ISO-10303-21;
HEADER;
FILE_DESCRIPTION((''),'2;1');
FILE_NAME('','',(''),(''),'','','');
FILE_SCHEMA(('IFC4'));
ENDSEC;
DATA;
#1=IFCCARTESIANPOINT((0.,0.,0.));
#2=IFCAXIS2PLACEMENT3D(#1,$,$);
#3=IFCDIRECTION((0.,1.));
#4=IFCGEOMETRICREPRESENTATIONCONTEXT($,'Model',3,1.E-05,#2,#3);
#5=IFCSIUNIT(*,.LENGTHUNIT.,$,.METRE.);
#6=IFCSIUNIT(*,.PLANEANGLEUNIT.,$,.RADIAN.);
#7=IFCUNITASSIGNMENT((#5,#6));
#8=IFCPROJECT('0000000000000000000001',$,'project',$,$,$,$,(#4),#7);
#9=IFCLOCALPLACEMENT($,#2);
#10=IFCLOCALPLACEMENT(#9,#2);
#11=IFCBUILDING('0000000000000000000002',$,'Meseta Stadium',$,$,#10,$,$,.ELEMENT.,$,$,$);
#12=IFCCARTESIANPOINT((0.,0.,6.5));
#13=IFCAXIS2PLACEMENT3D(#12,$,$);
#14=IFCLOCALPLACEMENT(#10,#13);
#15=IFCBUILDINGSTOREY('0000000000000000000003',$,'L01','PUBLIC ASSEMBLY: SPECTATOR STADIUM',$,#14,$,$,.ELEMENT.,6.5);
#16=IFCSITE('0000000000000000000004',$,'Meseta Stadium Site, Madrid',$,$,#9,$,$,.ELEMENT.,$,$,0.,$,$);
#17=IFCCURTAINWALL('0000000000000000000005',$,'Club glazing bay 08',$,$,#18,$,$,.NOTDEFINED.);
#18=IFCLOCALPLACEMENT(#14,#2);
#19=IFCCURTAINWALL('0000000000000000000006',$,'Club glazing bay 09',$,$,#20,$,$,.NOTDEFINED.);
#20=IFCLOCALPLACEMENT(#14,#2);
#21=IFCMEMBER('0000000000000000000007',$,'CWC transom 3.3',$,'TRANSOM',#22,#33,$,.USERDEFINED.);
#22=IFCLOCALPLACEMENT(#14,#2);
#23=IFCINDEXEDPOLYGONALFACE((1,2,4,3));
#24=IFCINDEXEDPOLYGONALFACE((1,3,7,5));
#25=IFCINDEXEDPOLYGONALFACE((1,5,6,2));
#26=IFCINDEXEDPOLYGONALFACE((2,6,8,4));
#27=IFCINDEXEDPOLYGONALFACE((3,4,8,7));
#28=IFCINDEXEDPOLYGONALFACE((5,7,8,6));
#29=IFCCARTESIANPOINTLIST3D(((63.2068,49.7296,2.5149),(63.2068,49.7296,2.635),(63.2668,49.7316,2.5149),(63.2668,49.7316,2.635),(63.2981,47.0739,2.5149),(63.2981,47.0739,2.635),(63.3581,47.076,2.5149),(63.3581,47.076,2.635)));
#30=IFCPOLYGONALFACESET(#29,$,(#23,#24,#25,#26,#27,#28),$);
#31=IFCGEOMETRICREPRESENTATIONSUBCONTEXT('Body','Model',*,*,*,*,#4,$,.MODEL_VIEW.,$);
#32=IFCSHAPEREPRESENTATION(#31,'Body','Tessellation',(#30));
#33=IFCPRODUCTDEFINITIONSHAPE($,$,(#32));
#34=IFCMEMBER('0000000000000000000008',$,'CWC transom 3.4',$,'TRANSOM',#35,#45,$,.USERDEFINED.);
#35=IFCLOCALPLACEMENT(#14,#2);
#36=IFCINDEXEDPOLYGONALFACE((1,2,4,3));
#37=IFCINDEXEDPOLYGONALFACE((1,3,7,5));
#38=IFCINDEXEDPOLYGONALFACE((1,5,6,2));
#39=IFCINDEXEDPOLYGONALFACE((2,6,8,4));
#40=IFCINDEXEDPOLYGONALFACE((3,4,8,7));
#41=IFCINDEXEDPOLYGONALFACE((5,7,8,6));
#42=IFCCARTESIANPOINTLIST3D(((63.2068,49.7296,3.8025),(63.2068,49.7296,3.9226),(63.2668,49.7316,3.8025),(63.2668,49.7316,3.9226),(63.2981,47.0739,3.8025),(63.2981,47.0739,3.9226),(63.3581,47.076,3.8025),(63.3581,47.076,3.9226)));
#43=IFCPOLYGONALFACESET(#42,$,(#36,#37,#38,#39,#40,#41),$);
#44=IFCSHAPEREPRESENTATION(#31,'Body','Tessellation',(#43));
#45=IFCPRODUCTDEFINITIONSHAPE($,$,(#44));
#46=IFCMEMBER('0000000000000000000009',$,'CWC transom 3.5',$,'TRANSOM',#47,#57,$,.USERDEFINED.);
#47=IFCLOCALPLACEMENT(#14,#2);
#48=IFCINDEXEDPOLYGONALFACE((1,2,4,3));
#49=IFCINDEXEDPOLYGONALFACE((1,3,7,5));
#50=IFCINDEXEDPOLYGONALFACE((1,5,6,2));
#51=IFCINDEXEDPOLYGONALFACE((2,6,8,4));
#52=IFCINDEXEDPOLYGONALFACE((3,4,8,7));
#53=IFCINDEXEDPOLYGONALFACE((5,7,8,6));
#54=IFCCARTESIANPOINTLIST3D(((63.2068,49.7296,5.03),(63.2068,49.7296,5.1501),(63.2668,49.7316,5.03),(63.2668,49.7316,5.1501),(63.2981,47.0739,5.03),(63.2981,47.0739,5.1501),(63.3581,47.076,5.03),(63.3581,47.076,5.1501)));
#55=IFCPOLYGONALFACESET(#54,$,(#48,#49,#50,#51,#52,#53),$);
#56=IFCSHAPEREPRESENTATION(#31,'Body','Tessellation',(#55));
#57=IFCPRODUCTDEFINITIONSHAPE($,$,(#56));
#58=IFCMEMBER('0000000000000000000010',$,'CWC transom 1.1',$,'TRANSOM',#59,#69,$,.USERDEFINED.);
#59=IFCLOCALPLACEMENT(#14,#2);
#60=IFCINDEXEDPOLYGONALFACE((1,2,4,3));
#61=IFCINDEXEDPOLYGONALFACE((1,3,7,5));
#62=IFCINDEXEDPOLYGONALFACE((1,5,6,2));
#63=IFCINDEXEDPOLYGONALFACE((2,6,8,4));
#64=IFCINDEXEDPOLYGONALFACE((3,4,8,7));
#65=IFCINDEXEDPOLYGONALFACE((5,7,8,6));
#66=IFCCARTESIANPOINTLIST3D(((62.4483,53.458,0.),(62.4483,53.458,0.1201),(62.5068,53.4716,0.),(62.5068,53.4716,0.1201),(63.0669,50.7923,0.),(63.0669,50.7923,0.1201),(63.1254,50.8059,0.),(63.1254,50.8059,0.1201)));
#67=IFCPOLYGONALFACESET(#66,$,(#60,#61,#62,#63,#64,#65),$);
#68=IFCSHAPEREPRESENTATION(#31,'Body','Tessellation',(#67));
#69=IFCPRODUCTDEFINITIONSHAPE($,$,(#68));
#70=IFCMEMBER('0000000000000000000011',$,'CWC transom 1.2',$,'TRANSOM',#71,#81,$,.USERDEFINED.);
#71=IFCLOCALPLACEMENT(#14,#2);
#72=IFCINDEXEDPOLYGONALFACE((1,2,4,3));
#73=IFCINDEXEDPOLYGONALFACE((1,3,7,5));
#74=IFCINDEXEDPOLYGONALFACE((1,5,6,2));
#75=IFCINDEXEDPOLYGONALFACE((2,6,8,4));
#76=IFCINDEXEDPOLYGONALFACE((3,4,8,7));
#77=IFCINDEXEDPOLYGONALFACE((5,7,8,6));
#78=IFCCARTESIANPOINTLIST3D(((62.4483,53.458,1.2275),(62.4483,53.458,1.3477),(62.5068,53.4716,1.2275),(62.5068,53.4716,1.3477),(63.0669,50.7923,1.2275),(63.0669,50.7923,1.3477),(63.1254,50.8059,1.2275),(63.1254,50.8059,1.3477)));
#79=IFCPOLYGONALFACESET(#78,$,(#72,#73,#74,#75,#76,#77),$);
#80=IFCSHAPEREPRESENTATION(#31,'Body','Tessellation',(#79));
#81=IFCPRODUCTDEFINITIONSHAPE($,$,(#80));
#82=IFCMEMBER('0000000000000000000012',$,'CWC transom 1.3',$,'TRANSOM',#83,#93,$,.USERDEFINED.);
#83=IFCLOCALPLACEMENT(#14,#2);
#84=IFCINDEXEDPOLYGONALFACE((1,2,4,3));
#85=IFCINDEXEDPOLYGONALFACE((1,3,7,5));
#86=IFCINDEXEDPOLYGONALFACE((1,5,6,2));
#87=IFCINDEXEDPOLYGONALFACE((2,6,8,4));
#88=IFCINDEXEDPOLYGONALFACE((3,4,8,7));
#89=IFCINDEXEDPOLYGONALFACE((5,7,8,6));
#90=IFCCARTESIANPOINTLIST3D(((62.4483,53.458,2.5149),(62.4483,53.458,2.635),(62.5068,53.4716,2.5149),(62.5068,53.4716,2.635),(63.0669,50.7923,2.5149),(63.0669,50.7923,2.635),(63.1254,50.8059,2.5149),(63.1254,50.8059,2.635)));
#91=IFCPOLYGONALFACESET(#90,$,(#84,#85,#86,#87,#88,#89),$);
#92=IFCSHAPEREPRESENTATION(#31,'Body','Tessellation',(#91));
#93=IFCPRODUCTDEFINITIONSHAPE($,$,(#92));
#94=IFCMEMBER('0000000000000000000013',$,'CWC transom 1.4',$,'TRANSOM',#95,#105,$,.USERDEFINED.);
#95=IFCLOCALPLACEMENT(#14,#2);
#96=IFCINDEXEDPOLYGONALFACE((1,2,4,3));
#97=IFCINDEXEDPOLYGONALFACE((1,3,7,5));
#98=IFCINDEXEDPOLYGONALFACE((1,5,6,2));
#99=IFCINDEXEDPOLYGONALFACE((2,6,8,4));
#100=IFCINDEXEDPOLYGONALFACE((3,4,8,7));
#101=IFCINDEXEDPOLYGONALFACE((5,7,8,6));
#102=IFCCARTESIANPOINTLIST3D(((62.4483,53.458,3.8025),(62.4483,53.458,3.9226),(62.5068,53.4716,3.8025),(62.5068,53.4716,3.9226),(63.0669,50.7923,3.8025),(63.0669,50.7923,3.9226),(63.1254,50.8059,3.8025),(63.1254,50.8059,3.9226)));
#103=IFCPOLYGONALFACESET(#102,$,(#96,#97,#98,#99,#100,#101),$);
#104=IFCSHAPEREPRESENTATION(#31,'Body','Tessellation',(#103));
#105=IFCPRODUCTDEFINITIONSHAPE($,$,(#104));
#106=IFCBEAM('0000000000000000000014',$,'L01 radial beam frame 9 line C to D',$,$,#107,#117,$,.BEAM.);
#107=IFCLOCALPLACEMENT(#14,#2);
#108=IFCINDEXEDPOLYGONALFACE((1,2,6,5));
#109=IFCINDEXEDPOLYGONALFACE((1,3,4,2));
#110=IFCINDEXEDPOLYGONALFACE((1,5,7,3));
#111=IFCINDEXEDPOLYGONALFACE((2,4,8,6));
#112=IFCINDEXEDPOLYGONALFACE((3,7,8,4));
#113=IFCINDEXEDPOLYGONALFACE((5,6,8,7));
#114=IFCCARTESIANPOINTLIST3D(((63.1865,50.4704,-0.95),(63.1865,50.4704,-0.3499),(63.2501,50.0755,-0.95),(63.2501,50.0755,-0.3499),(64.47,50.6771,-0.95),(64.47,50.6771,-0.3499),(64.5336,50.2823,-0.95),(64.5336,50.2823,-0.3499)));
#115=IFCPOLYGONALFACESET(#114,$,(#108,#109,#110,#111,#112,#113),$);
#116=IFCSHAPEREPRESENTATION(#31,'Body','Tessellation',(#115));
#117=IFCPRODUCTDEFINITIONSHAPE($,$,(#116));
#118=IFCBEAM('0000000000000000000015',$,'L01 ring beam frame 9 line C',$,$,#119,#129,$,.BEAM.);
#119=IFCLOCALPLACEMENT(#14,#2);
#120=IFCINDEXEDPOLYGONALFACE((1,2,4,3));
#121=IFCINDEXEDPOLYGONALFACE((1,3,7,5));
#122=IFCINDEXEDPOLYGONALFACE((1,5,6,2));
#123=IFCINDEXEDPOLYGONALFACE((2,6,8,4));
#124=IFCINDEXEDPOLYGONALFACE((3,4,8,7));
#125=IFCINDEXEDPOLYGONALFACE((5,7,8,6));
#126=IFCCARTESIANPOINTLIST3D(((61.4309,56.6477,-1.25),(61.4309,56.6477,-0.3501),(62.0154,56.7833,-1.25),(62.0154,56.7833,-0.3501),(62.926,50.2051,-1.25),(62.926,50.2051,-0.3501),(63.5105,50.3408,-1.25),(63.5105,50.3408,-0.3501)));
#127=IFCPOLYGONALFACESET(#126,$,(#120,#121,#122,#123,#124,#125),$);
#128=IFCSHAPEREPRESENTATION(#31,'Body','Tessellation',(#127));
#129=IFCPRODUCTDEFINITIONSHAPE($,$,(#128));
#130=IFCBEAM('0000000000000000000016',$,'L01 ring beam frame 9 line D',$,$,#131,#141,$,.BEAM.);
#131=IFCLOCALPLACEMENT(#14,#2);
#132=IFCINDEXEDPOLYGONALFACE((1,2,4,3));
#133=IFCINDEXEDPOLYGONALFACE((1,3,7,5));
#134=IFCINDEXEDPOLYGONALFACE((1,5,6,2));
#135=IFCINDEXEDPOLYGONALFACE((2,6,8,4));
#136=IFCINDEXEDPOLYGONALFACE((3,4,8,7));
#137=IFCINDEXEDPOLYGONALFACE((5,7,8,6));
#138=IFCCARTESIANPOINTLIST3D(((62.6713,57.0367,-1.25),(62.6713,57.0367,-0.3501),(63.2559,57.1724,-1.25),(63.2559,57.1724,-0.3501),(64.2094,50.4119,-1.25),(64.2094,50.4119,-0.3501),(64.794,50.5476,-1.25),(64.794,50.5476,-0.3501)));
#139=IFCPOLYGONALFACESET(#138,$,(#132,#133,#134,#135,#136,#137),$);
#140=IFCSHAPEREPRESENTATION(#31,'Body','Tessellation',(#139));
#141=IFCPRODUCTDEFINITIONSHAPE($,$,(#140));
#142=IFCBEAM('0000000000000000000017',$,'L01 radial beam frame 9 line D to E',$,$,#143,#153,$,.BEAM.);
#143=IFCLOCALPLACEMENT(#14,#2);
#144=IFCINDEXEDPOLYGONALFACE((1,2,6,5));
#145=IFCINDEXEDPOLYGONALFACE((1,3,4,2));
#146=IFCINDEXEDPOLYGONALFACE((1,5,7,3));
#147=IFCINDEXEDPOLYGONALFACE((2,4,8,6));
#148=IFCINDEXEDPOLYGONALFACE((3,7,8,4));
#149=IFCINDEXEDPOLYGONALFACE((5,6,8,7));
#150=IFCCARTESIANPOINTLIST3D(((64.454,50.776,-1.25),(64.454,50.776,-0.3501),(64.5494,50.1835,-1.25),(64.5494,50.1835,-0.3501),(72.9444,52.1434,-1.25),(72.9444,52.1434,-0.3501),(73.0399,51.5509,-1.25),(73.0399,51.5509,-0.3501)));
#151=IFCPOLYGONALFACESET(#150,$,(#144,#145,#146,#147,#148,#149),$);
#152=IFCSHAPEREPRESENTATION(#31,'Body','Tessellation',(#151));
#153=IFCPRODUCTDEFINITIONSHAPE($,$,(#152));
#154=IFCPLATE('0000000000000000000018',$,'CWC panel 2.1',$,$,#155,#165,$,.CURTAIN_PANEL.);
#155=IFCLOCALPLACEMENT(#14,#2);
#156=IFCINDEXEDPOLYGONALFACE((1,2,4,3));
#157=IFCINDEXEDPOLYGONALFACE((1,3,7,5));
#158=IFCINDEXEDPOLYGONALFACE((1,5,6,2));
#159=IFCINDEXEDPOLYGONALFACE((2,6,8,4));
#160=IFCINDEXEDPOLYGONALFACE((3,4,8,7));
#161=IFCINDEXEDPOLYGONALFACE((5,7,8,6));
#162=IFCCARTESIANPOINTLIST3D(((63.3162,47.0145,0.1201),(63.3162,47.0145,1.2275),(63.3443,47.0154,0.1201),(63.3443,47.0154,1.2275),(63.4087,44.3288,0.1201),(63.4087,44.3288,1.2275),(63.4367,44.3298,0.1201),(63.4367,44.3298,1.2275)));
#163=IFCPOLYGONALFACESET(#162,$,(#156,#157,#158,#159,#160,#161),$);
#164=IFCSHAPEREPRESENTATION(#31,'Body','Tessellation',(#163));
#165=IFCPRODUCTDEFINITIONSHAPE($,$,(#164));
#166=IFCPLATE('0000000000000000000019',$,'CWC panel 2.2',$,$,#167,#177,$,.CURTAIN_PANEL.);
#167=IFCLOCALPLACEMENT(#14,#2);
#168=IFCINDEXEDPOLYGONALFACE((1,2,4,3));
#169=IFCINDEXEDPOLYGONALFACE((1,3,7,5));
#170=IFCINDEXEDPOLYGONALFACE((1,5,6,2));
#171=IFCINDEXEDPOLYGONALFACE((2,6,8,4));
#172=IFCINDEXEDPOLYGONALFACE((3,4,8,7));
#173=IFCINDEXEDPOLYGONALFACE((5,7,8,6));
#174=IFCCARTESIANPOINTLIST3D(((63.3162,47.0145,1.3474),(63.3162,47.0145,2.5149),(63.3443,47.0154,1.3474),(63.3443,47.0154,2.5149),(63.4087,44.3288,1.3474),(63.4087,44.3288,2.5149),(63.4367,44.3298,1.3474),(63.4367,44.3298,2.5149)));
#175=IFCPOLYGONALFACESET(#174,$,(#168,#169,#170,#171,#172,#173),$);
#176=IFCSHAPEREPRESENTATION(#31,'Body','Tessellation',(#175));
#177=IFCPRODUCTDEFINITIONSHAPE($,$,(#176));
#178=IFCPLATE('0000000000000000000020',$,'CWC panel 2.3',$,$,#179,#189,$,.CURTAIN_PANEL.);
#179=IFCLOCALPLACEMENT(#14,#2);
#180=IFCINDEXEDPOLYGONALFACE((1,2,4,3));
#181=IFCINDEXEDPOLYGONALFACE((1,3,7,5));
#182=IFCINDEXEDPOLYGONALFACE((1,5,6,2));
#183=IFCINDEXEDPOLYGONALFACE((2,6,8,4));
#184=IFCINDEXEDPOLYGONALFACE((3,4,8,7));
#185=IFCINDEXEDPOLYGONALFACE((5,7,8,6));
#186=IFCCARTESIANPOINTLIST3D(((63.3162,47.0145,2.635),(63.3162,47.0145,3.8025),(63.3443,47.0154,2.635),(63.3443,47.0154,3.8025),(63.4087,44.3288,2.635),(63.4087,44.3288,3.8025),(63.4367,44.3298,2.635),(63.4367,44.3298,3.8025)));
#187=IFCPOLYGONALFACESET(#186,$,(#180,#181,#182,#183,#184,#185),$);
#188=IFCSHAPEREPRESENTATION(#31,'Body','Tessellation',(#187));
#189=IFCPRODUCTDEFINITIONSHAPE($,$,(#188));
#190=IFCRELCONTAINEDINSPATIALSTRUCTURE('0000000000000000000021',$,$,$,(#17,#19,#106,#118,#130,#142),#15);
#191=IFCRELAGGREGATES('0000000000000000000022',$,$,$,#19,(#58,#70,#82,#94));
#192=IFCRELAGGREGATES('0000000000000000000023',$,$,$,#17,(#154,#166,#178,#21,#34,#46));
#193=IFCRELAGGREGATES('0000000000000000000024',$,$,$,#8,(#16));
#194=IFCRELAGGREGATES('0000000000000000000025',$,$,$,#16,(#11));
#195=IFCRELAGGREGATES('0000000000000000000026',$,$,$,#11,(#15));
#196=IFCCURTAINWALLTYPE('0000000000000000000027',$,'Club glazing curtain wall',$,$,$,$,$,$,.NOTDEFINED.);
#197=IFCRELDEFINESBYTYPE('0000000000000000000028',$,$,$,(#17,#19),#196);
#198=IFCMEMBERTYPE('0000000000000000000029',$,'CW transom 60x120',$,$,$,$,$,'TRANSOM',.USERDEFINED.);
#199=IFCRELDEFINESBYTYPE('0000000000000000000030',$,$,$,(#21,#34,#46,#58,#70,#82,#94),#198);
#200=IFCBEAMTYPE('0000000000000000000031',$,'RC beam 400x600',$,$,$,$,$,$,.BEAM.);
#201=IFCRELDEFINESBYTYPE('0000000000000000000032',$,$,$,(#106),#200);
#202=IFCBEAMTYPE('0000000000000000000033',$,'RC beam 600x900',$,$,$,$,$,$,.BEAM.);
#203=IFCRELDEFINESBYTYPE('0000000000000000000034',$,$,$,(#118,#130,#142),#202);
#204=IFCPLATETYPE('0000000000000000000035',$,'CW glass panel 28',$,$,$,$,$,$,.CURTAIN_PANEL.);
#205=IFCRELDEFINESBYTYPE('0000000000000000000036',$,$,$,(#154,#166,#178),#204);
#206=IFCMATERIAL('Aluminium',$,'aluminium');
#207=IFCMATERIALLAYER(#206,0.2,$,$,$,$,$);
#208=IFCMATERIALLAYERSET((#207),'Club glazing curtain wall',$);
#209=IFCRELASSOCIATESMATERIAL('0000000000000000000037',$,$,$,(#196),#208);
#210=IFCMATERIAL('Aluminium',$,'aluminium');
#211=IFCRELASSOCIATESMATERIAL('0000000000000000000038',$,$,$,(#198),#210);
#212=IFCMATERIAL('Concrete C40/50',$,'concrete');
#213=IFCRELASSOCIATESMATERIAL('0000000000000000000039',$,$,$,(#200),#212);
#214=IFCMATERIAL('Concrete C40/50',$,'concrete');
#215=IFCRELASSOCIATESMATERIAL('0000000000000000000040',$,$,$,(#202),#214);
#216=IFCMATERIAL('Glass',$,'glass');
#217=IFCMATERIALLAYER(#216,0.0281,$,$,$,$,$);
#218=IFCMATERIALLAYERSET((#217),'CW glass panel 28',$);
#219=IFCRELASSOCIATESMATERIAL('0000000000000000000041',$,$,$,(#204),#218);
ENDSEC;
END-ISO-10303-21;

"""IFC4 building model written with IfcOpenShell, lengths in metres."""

from ifc_helpers import new_model, si_unit, direction, frame, origin, origin_2d, place, context, subcontext, project, spatial, rectangle, extrude, material, layer, layer_set, material_profile, profile_set, type_object, element, aggregate, save


model = new_model("IFC4")

# Units and contexts
model_context = context("Model", 3, precision=1e-05, world=origin(), true_north=direction((0.0, 1.0)))
body_context = subcontext(model_context, "Body", "Model", "MODEL_VIEW")
ifc_project = project(units=[si_unit("LENGTHUNIT", "METRE"), si_unit("PLANEANGLEUNIT", "RADIAN")], contexts=[model_context])

# Site, building, storey
site_placement = place(None, origin())
site = spatial("IfcSite", under=ifc_project, at=site_placement, Name="Meseta Stadium Site, Madrid", CompositionType="ELEMENT", RefElevation=0.0)
building_placement = place(site_placement, origin())
building = spatial("IfcBuilding", under=site, at=building_placement, Name="Meseta Stadium", CompositionType="ELEMENT")
storey_placement = place(building_placement, frame((0.0, 0.0, 6.5)))
storey = spatial("IfcBuildingStorey", under=building, at=storey_placement, Name="L01", Description="PUBLIC ASSEMBLY: SPECTATOR STADIUM", CompositionType="ELEMENT", Elevation=6.5)

# Curtain wall
ifc_material_1 = material(Name="Aluminium", Category="aluminium")
ifc_layer_1 = layer(ifc_material_1, 0.2)
ifc_layer_set_1 = layer_set([ifc_layer_1], Name="Club glazing curtain wall")
curtain_wall_type = type_object("IfcCurtainWallType", Name="Club glazing curtain wall", PredefinedType="NOTDEFINED", material=ifc_layer_set_1)
curtain_wall_1_placement = place(storey_placement, origin())
curtain_wall_1 = element("IfcCurtainWall", 1, at=curtain_wall_1_placement, inside=storey, type_object=curtain_wall_type, Name="Club glazing bay 08", PredefinedType="NOTDEFINED")

# Curtain wall
curtain_wall_2_placement = place(storey_placement, origin())
curtain_wall_2 = element("IfcCurtainWall", 2, at=curtain_wall_2_placement, inside=storey, type_object=curtain_wall_type, Name="Club glazing bay 09", PredefinedType="NOTDEFINED")

# Members
ifc_material_2 = material(Name="Aluminium", Category="aluminium")
ifc_material_profile_1 = material_profile(ifc_material_2, rectangle(XDim=0.0601, YDim=0.1201, at=origin_2d()), Name="CW 60x120")
ifc_profile_set_1 = profile_set([ifc_material_profile_1], Name="Aluminium")
member_type_1 = type_object("IfcMemberType", Name="CW transom 60x120", ElementType="TRANSOM", PredefinedType="USERDEFINED", material=ifc_profile_set_1)
member_1_placement = place(storey_placement, frame((63.3281, 47.075, 2.575), z_axis=(-0.034361, 0.999409, 0.0), x_axis=(-0.999409, -0.034361, 0.0)))
member_1 = element("IfcMember", 3, at=member_1_placement, type_object=member_type_1, Name="CWC transom 3.3", ObjectType="TRANSOM", PredefinedType="USERDEFINED", context=body_context, shape_type="SweptSolid", body=[
    extrude(rectangle(XDim=0.0601, YDim=0.1201, at=origin_2d()), origin(), (0.0, 0.0, 1.0), 2.6572),
])
member_2_placement = place(storey_placement, frame((63.3281, 47.075, 3.8625), z_axis=(-0.034361, 0.999409, 0.0), x_axis=(-0.999409, -0.034361, 0.0)))
member_2 = element("IfcMember", 4, at=member_2_placement, type_object=member_type_1, Name="CWC transom 3.4", ObjectType="TRANSOM", PredefinedType="USERDEFINED", context=body_context, shape_type="SweptSolid", body=[
    extrude(rectangle(XDim=0.0601, YDim=0.1201, at=origin_2d()), origin(), (0.0, 0.0, 1.0), 2.6572),
])
member_3_placement = place(storey_placement, frame((63.3281, 47.075, 5.0901), z_axis=(-0.034361, 0.999409, 0.0), x_axis=(-0.999409, -0.034361, 0.0)))
member_3 = element("IfcMember", 5, at=member_3_placement, type_object=member_type_1, Name="CWC transom 3.5", ObjectType="TRANSOM", PredefinedType="USERDEFINED", context=body_context, shape_type="SweptSolid", body=[
    extrude(rectangle(XDim=0.0601, YDim=0.1201, at=origin_2d()), origin(), (0.0, 0.0, 1.0), 2.6572),
])
member_4_placement = place(storey_placement, frame((63.0962, 50.7991, 0.0601), z_axis=(-0.226065, 0.974112, 0.0), x_axis=(-0.974112, -0.226065, 0.0)))
member_4 = element("IfcMember", 6, at=member_4_placement, type_object=member_type_1, Name="CWC transom 1.1", ObjectType="TRANSOM", PredefinedType="USERDEFINED", context=body_context, shape_type="SweptSolid", body=[
    extrude(rectangle(XDim=0.0601, YDim=0.1201, at=origin_2d()), origin(), (0.0, 0.0, 1.0), 2.7366),
])
member_5_placement = place(storey_placement, frame((63.0962, 50.7991, 1.2876), z_axis=(-0.226065, 0.974112, 0.0), x_axis=(-0.974112, -0.226065, 0.0)))
member_5 = element("IfcMember", 7, at=member_5_placement, type_object=member_type_1, Name="CWC transom 1.2", ObjectType="TRANSOM", PredefinedType="USERDEFINED", context=body_context, shape_type="SweptSolid", body=[
    extrude(rectangle(XDim=0.0601, YDim=0.1201, at=origin_2d()), origin(), (0.0, 0.0, 1.0), 2.7366),
])
member_6_placement = place(storey_placement, frame((63.0962, 50.7991, 2.575), z_axis=(-0.226065, 0.974112, 0.0), x_axis=(-0.974112, -0.226065, 0.0)))
member_6 = element("IfcMember", 8, at=member_6_placement, type_object=member_type_1, Name="CWC transom 1.3", ObjectType="TRANSOM", PredefinedType="USERDEFINED", context=body_context, shape_type="SweptSolid", body=[
    extrude(rectangle(XDim=0.0601, YDim=0.1201, at=origin_2d()), origin(), (0.0, 0.0, 1.0), 2.7366),
])
member_7_placement = place(storey_placement, frame((63.0962, 50.7991, 3.8625), z_axis=(-0.226065, 0.974112, 0.0), x_axis=(-0.974112, -0.226065, 0.0)))
member_7 = element("IfcMember", 9, at=member_7_placement, type_object=member_type_1, Name="CWC transom 1.4", ObjectType="TRANSOM", PredefinedType="USERDEFINED", context=body_context, shape_type="SweptSolid", body=[
    extrude(rectangle(XDim=0.0601, YDim=0.1201, at=origin_2d()), origin(), (0.0, 0.0, 1.0), 2.7366),
])
aggregate(curtain_wall_2, [member_4, member_5, member_6, member_7])

# Beams
ifc_material_3 = material(Name="Concrete C40/50", Category="concrete")
ifc_material_profile_2 = material_profile(ifc_material_3, rectangle(XDim=0.3999, YDim=0.6001, at=origin_2d()), Name="RC 400x600")
ifc_profile_set_2 = profile_set([ifc_material_profile_2], Name="Concrete C40/50")
beam_type_1 = type_object("IfcBeamType", Name="RC beam 400x600", PredefinedType="BEAM", material=ifc_profile_set_2)
beam_1_placement = place(storey_placement, frame((63.2183, 50.2729, -0.6499), z_axis=(0.987268, 0.159067, 0.0), x_axis=(-0.159067, 0.987268, 0.0)))
element("IfcBeam", 10, at=beam_1_placement, inside=storey, type_object=beam_type_1, Name="L01 radial beam frame 9 line C to D", PredefinedType="BEAM", context=body_context, shape_type="SweptSolid", body=[
    extrude(rectangle(XDim=0.3999, YDim=0.6001, at=origin_2d()), origin(), (0.0, 0.0, 1.0), 1.3),
])
ifc_material_4 = material(Name="Concrete C40/50", Category="concrete")
ifc_material_profile_3 = material_profile(ifc_material_4, rectangle(XDim=0.6001, YDim=0.8999, at=origin_2d()), Name="RC 600x900")
ifc_profile_set_3 = profile_set([ifc_material_profile_3], Name="Concrete C40/50")
beam_type_2 = type_object("IfcBeamType", Name="RC beam 600x900", PredefinedType="BEAM", material=ifc_profile_set_3)
beam_2_placement = place(storey_placement, frame((63.2183, 50.2729, -0.8), z_axis=(-0.226059, 0.974114, 0.0), x_axis=(-0.974114, -0.226059, 0.0)))
element("IfcBeam", 11, at=beam_2_placement, inside=storey, type_object=beam_type_2, Name="L01 ring beam frame 9 line C", PredefinedType="BEAM", context=body_context, shape_type="SweptSolid", body=[
    extrude(rectangle(XDim=0.6001, YDim=0.8999, at=origin_2d()), origin(), (0.0, 0.0, 1.0), 6.6138),
])
beam_3_placement = place(storey_placement, frame((64.5017, 50.4797, -0.8), z_axis=(-0.226157, 0.974091, 0.0), x_axis=(-0.974091, -0.226157, 0.0)))
element("IfcBeam", 12, at=beam_3_placement, inside=storey, type_object=beam_type_2, Name="L01 ring beam frame 9 line D", PredefinedType="BEAM", context=body_context, shape_type="SweptSolid", body=[
    extrude(rectangle(XDim=0.6001, YDim=0.8999, at=origin_2d()), origin(), (0.0, 0.0, 1.0), 6.801),
])
beam_4_placement = place(storey_placement, frame((64.5017, 50.4797, -0.8), z_axis=(0.987278, 0.159006, 0.0), x_axis=(-0.159006, 0.987278, 0.0)))
element("IfcBeam", 13, at=beam_4_placement, inside=storey, type_object=beam_type_2, Name="L01 radial beam frame 9 line D to E", PredefinedType="BEAM", context=body_context, shape_type="SweptSolid", body=[
    extrude(rectangle(XDim=0.6001, YDim=0.8999, at=origin_2d()), origin(), (0.0, 0.0, 1.0), 8.5999),
])

# Plates
ifc_material_5 = material(Name="Glass", Category="glass")
ifc_layer_2 = layer(ifc_material_5, 0.0281)
ifc_layer_set_2 = layer_set([ifc_layer_2], Name="CW glass panel 28")
plate_type = type_object("IfcPlateType", Name="CW glass panel 28", PredefinedType="CURTAIN_PANEL", material=ifc_layer_set_2)
plate_1_placement = place(storey_placement, frame((63.3765, 45.6721, 0.1201), z_axis=(0.0, 0.0, 1.0), x_axis=(-0.034398, 0.999408, 0.0)))
plate_1 = element("IfcPlate", 14, at=plate_1_placement, type_object=plate_type, Name="CWC panel 2.1", PredefinedType="CURTAIN_PANEL", context=body_context, shape_type="SweptSolid", body=[
    extrude(rectangle(XDim=2.6873, YDim=0.0281, at=origin_2d()), origin(), (0.0, 0.0, 1.0), 1.1074),
])
plate_2_placement = place(storey_placement, frame((63.3765, 45.6721, 1.3474), z_axis=(0.0, 0.0, 1.0), x_axis=(-0.034398, 0.999408, 0.0)))
plate_2 = element("IfcPlate", 15, at=plate_2_placement, type_object=plate_type, Name="CWC panel 2.2", PredefinedType="CURTAIN_PANEL", context=body_context, shape_type="SweptSolid", body=[
    extrude(rectangle(XDim=2.6873, YDim=0.0281, at=origin_2d()), origin(), (0.0, 0.0, 1.0), 1.1675),
])
plate_3_placement = place(storey_placement, frame((63.3765, 45.6721, 2.635), z_axis=(0.0, 0.0, 1.0), x_axis=(-0.034398, 0.999408, 0.0)))
plate_3 = element("IfcPlate", 16, at=plate_3_placement, type_object=plate_type, Name="CWC panel 2.3", PredefinedType="CURTAIN_PANEL", context=body_context, shape_type="SweptSolid", body=[
    extrude(rectangle(XDim=2.6873, YDim=0.0281, at=origin_2d()), origin(), (0.0, 0.0, 1.0), 1.1675),
])
aggregate(curtain_wall_1, [plate_1, plate_2, plate_3, member_1, member_2, member_3])

save(model, "model.ifc")
